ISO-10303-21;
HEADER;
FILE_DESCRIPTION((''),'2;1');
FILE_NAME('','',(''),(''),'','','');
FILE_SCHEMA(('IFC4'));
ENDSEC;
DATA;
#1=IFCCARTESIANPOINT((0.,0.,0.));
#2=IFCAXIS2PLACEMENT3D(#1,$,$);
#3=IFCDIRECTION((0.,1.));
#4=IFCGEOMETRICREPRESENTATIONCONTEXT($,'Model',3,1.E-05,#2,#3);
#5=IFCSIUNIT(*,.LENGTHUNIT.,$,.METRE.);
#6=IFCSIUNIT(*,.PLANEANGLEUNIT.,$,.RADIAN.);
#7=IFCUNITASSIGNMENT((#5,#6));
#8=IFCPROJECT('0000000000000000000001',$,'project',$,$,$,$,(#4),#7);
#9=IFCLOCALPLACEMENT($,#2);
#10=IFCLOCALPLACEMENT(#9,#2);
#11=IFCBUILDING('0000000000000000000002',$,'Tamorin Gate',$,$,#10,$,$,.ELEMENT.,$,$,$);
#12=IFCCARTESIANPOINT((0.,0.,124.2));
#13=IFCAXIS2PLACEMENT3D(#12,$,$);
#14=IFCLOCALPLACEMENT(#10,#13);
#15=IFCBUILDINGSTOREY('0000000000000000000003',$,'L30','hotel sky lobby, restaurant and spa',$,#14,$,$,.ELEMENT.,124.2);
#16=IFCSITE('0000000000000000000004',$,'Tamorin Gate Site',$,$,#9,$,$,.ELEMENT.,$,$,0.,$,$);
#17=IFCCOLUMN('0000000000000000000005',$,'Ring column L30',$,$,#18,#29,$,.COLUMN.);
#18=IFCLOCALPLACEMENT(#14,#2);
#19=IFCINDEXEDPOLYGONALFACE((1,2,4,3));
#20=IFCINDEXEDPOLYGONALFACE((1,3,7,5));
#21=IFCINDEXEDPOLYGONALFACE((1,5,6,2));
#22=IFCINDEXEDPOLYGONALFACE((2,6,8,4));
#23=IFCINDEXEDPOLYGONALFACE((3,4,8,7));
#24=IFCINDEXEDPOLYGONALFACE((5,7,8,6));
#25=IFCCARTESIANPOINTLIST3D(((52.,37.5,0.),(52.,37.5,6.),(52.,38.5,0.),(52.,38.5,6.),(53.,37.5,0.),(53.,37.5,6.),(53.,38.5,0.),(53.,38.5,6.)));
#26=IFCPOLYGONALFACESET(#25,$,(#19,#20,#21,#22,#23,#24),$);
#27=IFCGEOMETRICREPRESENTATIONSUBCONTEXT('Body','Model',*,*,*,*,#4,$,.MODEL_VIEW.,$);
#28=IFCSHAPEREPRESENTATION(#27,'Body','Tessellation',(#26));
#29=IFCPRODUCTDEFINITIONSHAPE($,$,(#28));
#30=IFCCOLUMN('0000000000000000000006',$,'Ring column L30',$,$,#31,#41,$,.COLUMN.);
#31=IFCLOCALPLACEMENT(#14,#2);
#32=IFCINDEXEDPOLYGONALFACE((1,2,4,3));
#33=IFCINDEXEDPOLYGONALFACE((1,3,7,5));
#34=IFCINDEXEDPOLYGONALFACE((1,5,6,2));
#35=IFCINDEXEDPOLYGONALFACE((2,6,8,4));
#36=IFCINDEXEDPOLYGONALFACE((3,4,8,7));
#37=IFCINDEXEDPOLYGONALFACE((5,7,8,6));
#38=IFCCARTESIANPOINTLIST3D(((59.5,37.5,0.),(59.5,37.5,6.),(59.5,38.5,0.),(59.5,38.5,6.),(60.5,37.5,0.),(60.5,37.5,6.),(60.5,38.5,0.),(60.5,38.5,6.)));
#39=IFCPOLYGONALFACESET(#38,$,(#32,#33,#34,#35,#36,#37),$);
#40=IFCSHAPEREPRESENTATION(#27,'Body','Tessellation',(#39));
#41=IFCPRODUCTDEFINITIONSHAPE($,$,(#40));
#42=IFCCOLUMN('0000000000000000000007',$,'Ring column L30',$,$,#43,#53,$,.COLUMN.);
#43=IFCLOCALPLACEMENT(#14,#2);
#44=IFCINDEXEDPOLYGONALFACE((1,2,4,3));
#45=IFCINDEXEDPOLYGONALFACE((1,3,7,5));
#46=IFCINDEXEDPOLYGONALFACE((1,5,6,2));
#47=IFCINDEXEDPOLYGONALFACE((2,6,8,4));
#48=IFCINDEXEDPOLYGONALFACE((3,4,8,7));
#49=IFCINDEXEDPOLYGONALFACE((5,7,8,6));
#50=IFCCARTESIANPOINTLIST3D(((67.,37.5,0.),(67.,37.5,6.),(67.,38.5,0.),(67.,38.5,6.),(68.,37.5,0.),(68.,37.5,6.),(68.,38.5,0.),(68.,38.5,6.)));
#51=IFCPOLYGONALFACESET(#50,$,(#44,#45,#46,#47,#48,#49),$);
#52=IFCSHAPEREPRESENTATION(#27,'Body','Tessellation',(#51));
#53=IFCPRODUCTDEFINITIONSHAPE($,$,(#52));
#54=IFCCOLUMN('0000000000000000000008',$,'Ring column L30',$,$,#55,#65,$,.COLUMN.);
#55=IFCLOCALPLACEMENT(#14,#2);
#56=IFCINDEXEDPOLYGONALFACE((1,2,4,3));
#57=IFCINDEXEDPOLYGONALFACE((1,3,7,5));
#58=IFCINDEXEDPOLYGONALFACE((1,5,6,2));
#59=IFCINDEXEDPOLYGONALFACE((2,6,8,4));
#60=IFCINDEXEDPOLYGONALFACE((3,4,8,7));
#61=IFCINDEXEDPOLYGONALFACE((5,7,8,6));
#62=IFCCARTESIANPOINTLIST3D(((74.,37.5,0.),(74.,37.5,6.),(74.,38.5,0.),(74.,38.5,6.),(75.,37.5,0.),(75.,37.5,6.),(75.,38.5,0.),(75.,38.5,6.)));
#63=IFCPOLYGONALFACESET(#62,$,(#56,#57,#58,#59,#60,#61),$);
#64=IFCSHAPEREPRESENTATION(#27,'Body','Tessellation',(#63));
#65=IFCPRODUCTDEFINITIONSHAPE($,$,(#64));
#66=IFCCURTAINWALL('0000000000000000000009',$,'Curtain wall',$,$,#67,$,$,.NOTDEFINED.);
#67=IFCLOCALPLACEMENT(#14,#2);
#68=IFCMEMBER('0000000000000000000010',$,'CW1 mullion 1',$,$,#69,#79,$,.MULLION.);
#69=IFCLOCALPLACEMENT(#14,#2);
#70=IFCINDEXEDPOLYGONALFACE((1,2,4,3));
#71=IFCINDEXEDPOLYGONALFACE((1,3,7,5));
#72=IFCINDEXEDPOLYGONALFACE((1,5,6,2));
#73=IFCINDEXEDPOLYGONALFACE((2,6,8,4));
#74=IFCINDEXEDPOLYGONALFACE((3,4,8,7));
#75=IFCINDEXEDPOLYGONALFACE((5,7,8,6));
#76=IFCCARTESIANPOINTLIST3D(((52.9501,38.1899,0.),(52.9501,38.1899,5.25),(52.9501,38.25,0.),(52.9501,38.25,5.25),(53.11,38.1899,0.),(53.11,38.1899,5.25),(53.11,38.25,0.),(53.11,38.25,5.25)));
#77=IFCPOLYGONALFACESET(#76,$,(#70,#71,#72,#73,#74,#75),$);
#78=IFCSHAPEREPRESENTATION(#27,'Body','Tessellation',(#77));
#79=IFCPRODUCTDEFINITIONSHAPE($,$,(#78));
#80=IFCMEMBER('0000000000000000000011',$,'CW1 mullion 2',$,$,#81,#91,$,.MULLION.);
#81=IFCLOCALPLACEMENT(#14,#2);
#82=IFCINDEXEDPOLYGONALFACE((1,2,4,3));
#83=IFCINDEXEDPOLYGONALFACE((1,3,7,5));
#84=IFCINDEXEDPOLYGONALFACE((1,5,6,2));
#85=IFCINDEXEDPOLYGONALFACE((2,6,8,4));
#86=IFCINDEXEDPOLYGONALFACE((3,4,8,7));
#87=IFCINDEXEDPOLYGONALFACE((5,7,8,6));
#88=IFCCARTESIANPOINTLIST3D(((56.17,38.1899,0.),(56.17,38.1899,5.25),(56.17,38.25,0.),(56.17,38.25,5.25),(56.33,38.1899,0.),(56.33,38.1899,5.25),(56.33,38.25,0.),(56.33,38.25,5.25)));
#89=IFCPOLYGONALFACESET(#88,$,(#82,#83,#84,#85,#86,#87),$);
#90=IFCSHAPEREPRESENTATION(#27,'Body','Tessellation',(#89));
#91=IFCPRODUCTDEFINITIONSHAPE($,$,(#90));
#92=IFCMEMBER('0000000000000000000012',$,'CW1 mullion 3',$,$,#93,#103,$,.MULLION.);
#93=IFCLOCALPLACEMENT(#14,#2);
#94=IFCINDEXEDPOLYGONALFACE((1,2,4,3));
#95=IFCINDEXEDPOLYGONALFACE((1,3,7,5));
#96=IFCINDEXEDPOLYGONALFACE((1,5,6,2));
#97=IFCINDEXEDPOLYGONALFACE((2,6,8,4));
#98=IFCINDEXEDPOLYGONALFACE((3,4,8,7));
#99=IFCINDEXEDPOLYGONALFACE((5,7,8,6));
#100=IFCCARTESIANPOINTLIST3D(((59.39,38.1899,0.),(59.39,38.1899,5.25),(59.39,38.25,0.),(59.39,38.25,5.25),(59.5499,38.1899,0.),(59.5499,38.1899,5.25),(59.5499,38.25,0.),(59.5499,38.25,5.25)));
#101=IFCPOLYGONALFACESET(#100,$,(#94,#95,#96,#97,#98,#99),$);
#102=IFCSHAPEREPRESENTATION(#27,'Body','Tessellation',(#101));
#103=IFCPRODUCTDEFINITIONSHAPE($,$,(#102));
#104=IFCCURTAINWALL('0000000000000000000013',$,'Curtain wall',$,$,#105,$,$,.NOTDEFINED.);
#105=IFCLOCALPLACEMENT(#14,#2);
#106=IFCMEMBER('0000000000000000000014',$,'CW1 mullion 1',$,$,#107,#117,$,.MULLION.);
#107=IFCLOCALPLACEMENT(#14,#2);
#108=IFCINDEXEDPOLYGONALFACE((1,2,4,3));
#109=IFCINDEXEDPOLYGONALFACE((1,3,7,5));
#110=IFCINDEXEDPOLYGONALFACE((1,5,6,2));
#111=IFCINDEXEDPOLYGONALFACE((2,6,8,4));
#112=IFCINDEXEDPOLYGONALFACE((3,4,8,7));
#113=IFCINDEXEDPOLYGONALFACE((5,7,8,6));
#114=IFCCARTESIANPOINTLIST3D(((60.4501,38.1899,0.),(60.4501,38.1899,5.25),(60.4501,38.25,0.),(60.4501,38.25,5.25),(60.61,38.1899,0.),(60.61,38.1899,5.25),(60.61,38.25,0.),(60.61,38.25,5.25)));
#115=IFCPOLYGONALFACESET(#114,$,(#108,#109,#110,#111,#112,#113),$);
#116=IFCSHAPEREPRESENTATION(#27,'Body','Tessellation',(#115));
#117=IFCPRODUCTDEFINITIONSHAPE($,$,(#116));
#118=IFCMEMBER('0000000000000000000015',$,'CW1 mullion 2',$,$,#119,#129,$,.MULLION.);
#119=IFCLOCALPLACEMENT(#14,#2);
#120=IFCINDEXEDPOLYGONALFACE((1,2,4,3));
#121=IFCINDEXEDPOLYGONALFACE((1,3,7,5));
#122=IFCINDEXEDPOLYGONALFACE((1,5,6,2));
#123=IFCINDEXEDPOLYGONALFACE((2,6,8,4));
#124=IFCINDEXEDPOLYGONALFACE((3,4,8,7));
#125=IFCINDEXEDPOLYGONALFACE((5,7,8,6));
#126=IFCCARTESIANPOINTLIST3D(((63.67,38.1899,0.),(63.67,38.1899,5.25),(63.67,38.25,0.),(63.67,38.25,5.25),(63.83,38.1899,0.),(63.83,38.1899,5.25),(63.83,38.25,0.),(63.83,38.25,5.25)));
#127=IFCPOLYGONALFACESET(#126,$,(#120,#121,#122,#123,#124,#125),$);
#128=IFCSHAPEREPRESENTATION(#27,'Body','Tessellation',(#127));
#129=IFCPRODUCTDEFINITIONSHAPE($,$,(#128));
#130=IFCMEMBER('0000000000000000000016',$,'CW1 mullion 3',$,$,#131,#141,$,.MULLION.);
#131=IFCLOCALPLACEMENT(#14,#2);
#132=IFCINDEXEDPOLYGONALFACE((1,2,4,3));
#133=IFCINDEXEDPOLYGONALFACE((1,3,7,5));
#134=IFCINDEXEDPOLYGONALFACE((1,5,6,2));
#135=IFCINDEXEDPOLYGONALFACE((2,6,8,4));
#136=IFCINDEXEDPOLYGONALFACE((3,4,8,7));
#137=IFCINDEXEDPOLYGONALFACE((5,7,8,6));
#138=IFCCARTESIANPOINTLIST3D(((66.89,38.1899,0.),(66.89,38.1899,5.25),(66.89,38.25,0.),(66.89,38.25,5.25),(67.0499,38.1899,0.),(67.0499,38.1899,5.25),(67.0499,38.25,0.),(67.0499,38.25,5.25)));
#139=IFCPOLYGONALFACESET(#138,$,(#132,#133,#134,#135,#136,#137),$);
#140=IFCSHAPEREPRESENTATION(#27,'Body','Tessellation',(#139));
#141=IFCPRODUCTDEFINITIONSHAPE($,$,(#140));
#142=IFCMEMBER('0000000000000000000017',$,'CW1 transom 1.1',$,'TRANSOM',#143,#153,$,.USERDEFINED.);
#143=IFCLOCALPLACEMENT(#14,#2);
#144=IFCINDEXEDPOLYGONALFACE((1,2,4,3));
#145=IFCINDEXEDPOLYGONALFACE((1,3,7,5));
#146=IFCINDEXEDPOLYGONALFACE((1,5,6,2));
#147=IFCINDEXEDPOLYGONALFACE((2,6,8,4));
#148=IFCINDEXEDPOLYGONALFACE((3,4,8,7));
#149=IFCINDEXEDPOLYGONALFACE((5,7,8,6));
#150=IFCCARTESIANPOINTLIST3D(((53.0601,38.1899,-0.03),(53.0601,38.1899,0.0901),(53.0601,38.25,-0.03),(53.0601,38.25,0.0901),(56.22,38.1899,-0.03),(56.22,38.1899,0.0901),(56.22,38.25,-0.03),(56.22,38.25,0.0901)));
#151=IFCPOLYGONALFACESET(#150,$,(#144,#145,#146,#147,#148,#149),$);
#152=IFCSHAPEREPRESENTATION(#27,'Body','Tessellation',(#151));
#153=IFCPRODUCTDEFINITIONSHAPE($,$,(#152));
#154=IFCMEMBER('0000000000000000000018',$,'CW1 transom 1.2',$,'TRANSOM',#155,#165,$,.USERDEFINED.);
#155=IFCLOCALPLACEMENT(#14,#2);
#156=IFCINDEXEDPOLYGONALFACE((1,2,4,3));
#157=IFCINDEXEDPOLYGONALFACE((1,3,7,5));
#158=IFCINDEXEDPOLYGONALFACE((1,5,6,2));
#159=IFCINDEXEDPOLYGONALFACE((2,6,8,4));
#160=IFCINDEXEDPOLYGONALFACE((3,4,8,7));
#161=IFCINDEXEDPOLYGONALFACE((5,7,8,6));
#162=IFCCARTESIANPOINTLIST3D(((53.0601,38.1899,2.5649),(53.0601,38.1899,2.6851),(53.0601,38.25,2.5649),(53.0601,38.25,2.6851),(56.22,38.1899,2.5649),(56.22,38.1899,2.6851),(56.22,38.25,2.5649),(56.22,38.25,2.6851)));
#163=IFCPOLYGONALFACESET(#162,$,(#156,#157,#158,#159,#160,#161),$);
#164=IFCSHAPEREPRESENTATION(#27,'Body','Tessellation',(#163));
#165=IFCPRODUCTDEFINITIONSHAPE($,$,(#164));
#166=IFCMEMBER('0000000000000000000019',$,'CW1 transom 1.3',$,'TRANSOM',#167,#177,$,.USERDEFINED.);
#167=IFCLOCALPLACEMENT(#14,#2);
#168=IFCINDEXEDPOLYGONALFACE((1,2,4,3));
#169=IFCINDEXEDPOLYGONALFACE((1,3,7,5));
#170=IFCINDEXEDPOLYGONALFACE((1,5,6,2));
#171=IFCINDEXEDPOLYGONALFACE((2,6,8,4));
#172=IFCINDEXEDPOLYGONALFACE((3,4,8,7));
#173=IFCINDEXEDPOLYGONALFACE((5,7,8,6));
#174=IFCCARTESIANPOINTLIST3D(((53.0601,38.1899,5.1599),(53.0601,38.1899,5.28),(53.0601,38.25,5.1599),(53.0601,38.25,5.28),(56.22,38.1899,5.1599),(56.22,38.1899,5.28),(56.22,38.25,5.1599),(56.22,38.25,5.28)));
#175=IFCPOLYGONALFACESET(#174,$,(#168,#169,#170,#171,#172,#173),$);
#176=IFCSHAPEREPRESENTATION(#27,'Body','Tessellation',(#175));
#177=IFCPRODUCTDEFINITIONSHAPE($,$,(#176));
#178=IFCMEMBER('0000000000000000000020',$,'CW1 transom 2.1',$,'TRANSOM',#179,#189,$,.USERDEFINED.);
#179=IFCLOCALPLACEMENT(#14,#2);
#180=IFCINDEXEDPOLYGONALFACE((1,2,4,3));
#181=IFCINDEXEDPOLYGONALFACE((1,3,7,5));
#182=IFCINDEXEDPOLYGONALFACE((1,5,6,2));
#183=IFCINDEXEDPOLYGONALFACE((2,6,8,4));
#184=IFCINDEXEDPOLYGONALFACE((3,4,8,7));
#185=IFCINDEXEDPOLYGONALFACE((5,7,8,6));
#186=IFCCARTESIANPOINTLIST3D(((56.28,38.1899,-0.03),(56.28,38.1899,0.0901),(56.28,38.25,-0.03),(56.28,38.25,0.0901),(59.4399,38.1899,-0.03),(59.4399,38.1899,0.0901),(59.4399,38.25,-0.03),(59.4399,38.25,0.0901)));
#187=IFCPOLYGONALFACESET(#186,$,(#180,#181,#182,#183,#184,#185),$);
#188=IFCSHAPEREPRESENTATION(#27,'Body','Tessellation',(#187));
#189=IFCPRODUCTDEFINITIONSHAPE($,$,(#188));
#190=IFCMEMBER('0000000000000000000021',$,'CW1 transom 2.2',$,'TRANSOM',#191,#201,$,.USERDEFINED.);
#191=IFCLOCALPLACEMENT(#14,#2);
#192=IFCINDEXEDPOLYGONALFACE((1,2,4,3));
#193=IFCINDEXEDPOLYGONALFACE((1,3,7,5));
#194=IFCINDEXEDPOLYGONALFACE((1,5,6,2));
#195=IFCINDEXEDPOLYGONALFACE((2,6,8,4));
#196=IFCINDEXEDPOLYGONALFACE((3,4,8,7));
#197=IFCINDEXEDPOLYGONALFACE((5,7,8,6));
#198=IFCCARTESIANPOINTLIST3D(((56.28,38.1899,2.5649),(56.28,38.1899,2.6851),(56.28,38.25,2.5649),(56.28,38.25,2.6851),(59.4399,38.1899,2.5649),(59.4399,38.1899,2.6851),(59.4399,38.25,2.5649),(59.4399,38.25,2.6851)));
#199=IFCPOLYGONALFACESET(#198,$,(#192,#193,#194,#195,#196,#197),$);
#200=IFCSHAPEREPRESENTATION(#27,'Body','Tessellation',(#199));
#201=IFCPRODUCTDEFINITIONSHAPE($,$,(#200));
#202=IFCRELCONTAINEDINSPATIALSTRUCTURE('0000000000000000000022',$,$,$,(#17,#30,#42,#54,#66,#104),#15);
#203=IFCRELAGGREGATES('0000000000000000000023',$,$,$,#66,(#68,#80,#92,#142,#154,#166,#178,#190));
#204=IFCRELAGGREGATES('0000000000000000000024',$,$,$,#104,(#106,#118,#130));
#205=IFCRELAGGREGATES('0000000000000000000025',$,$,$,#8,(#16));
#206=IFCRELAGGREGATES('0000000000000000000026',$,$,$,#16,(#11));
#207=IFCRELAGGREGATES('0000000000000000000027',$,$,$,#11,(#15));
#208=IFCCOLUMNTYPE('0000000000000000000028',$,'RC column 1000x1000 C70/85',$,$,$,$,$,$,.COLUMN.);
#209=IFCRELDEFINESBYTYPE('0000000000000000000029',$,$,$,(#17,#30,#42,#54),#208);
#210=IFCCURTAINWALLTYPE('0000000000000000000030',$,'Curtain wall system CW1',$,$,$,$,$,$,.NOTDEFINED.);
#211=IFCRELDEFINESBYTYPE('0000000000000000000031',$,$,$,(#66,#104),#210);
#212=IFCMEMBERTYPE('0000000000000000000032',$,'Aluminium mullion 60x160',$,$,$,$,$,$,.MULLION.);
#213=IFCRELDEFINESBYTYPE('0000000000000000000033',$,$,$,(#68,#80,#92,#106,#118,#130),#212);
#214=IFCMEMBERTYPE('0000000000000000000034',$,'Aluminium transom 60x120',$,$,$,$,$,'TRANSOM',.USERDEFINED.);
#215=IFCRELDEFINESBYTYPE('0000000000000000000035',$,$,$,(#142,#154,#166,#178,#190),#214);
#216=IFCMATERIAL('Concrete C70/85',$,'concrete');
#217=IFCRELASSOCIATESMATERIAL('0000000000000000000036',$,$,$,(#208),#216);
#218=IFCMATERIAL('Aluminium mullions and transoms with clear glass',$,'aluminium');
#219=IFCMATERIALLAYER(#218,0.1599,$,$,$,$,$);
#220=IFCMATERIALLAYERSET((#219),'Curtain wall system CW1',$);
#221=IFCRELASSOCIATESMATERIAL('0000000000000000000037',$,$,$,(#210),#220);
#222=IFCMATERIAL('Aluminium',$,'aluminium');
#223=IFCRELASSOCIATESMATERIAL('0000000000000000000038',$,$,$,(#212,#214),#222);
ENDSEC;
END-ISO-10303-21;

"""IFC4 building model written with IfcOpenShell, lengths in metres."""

from ifc_helpers import new_model, si_unit, direction, frame, origin, origin_2d, place, context, subcontext, project, spatial, rectangle, extrude, material, layer, layer_set, material_profile, profile_set, type_object, element, aggregate, save


model = new_model("IFC4")

# Units and contexts
model_context = context("Model", 3, precision=1e-05, world=origin(), true_north=direction((0.0, 1.0)))
body_context = subcontext(model_context, "Body", "Model", "MODEL_VIEW")
ifc_project = project(units=[si_unit("LENGTHUNIT", "METRE"), si_unit("PLANEANGLEUNIT", "RADIAN")], contexts=[model_context])

# Site, building, storey
site_placement = place(None, origin())
site = spatial("IfcSite", under=ifc_project, at=site_placement, Name="Tamorin Gate Site", CompositionType="ELEMENT", RefElevation=0.0)
building_placement = place(site_placement, origin())
building = spatial("IfcBuilding", under=site, at=building_placement, Name="Tamorin Gate", CompositionType="ELEMENT")
storey_placement = place(building_placement, frame((0.0, 0.0, 124.2)))
storey = spatial("IfcBuildingStorey", under=building, at=storey_placement, Name="L30", Description="hotel sky lobby, restaurant and spa", CompositionType="ELEMENT", Elevation=124.2)

# Columns
ifc_material_1 = material(Name="Concrete C70/85", Category="concrete")
ifc_material_profile_1 = material_profile(ifc_material_1, rectangle(XDim=1.0, YDim=1.0, at=origin_2d()), Name="RC 1000x1000")
ifc_profile_set_1 = profile_set([ifc_material_profile_1], Name="Concrete C70/85")
column_type = type_object("IfcColumnType", Name="RC column 1000x1000 C70/85", PredefinedType="COLUMN", material=ifc_profile_set_1)
for number, where, z_axis, x_axis, name in (
    (1, (52.5, 38.0, 0.0), (0.0, 0.0, 1.0), (1.0, 0.0, 0.0), "Ring column L30"),
    (2, (60.0, 38.0, 0.0), (0.0, 0.0, 1.0), (1.0, 0.0, 0.0), "Ring column L30"),
    (3, (67.5, 38.0, 0.0), (0.0, 0.0, 1.0), (1.0, 0.0, 0.0), "Ring column L30"),
    (4, (74.5, 38.0, 0.0), (0.0, 0.0, 1.0), (1.0, 0.0, 0.0), "Ring column L30"),
):
    element("IfcColumn", number, at=place(storey_placement, frame(where, z_axis=z_axis, x_axis=x_axis)), inside=storey, type_object=column_type, Name=name, PredefinedType="COLUMN", context=body_context, shape_type="SweptSolid", body=[
        extrude(rectangle(XDim=1.0, YDim=1.0, at=origin_2d()), origin(), (0.0, 0.0, 1.0), 6.0),
    ])

# Curtain walls, members
ifc_material_2 = material(Name="Aluminium mullions and transoms with clear glass", Category="aluminium")
ifc_layer_1 = layer(ifc_material_2, 0.1599)
ifc_layer_set_1 = layer_set([ifc_layer_1], Name="Curtain wall system CW1")
curtain_wall_type = type_object("IfcCurtainWallType", Name="Curtain wall system CW1", PredefinedType="NOTDEFINED", material=ifc_layer_set_1)
curtain_wall_1_placement = place(storey_placement, origin())
curtain_wall_1 = element("IfcCurtainWall", 5, at=curtain_wall_1_placement, inside=storey, type_object=curtain_wall_type, Name="Curtain wall", PredefinedType="NOTDEFINED")
ifc_material_3 = material(Name="Aluminium", Category="aluminium")
ifc_material_profile_2 = material_profile(ifc_material_3, rectangle(XDim=0.0601, YDim=0.1599, at=origin_2d()), Name="RECT 60x160")
ifc_profile_set_2 = profile_set([ifc_material_profile_2], Name="Aluminium")
member_type_1 = type_object("IfcMemberType", Name="Aluminium mullion 60x160", PredefinedType="MULLION", material=ifc_profile_set_2)
member_1_placement = place(storey_placement, frame((53.03, 38.22, 0.0), z_axis=(0.0, 0.0, 1.0), x_axis=(0.0, 1.0, 0.0)))
member_1 = element("IfcMember", 6, at=member_1_placement, type_object=member_type_1, Name="CW1 mullion 1", PredefinedType="MULLION", context=body_context, shape_type="SweptSolid", body=[
    extrude(rectangle(XDim=0.0601, YDim=0.1599, at=origin_2d()), origin(), (0.0, 0.0, 1.0), 5.25),
])
member_2_placement = place(storey_placement, frame((56.25, 38.22, 0.0), z_axis=(0.0, 0.0, 1.0), x_axis=(0.0, 1.0, 0.0)))
member_2 = element("IfcMember", 7, at=member_2_placement, type_object=member_type_1, Name="CW1 mullion 2", PredefinedType="MULLION", context=body_context, shape_type="SweptSolid", body=[
    extrude(rectangle(XDim=0.0601, YDim=0.1599, at=origin_2d()), origin(), (0.0, 0.0, 1.0), 5.25),
])
member_3_placement = place(storey_placement, frame((59.47, 38.22, 0.0), z_axis=(0.0, 0.0, 1.0), x_axis=(0.0, 1.0, 0.0)))
member_3 = element("IfcMember", 8, at=member_3_placement, type_object=member_type_1, Name="CW1 mullion 3", PredefinedType="MULLION", context=body_context, shape_type="SweptSolid", body=[
    extrude(rectangle(XDim=0.0601, YDim=0.1599, at=origin_2d()), origin(), (0.0, 0.0, 1.0), 5.25),
])
curtain_wall_2_placement = place(storey_placement, origin())
curtain_wall_2 = element("IfcCurtainWall", 9, at=curtain_wall_2_placement, inside=storey, type_object=curtain_wall_type, Name="Curtain wall", PredefinedType="NOTDEFINED")
member_4_placement = place(storey_placement, frame((60.53, 38.22, 0.0), z_axis=(0.0, 0.0, 1.0), x_axis=(0.0, 1.0, 0.0)))
member_4 = element("IfcMember", 10, at=member_4_placement, type_object=member_type_1, Name="CW1 mullion 1", PredefinedType="MULLION", context=body_context, shape_type="SweptSolid", body=[
    extrude(rectangle(XDim=0.0601, YDim=0.1599, at=origin_2d()), origin(), (0.0, 0.0, 1.0), 5.25),
])
member_5_placement = place(storey_placement, frame((63.75, 38.22, 0.0), z_axis=(0.0, 0.0, 1.0), x_axis=(0.0, 1.0, 0.0)))
member_5 = element("IfcMember", 11, at=member_5_placement, type_object=member_type_1, Name="CW1 mullion 2", PredefinedType="MULLION", context=body_context, shape_type="SweptSolid", body=[
    extrude(rectangle(XDim=0.0601, YDim=0.1599, at=origin_2d()), origin(), (0.0, 0.0, 1.0), 5.25),
])
member_6_placement = place(storey_placement, frame((66.97, 38.22, 0.0), z_axis=(0.0, 0.0, 1.0), x_axis=(0.0, 1.0, 0.0)))
member_6 = element("IfcMember", 12, at=member_6_placement, type_object=member_type_1, Name="CW1 mullion 3", PredefinedType="MULLION", context=body_context, shape_type="SweptSolid", body=[
    extrude(rectangle(XDim=0.0601, YDim=0.1599, at=origin_2d()), origin(), (0.0, 0.0, 1.0), 5.25),
])

# Members
ifc_material_profile_3 = material_profile(ifc_material_3, rectangle(XDim=0.0601, YDim=0.1201, at=origin_2d()), Name="RECT 60x120")
ifc_profile_set_3 = profile_set([ifc_material_profile_3], Name="Aluminium")
member_type_2 = type_object("IfcMemberType", Name="Aluminium transom 60x120", ElementType="TRANSOM", PredefinedType="USERDEFINED", material=ifc_profile_set_3)
member_7_placement = place(storey_placement, frame((53.0601, 38.22, 0.03), z_axis=(1.0, 0.0, 0.0), x_axis=(0.0, 1.0, 0.0)))
member_7 = element("IfcMember", 13, at=member_7_placement, type_object=member_type_2, Name="CW1 transom 1.1", ObjectType="TRANSOM", PredefinedType="USERDEFINED", context=body_context, shape_type="SweptSolid", body=[
    extrude(rectangle(XDim=0.0601, YDim=0.1201, at=origin_2d()), origin(), (0.0, 0.0, 1.0), 3.1599),
])
member_8_placement = place(storey_placement, frame((53.0601, 38.22, 2.625), z_axis=(1.0, 0.0, 0.0), x_axis=(0.0, 1.0, 0.0)))
member_8 = element("IfcMember", 14, at=member_8_placement, type_object=member_type_2, Name="CW1 transom 1.2", ObjectType="TRANSOM", PredefinedType="USERDEFINED", context=body_context, shape_type="SweptSolid", body=[
    extrude(rectangle(XDim=0.0601, YDim=0.1201, at=origin_2d()), origin(), (0.0, 0.0, 1.0), 3.1599),
])
member_9_placement = place(storey_placement, frame((53.0601, 38.22, 5.22), z_axis=(1.0, 0.0, 0.0), x_axis=(0.0, 1.0, 0.0)))
member_9 = element("IfcMember", 15, at=member_9_placement, type_object=member_type_2, Name="CW1 transom 1.3", ObjectType="TRANSOM", PredefinedType="USERDEFINED", context=body_context, shape_type="SweptSolid", body=[
    extrude(rectangle(XDim=0.0601, YDim=0.1201, at=origin_2d()), origin(), (0.0, 0.0, 1.0), 3.1599),
])
member_10_placement = place(storey_placement, frame((56.28, 38.22, 0.03), z_axis=(1.0, 0.0, 0.0), x_axis=(0.0, 1.0, 0.0)))
member_10 = element("IfcMember", 16, at=member_10_placement, type_object=member_type_2, Name="CW1 transom 2.1", ObjectType="TRANSOM", PredefinedType="USERDEFINED", context=body_context, shape_type="SweptSolid", body=[
    extrude(rectangle(XDim=0.0601, YDim=0.1201, at=origin_2d()), origin(), (0.0, 0.0, 1.0), 3.1599),
])
member_11_placement = place(storey_placement, frame((56.28, 38.22, 2.625), z_axis=(1.0, 0.0, 0.0), x_axis=(0.0, 1.0, 0.0)))
member_11 = element("IfcMember", 17, at=member_11_placement, type_object=member_type_2, Name="CW1 transom 2.2", ObjectType="TRANSOM", PredefinedType="USERDEFINED", context=body_context, shape_type="SweptSolid", body=[
    extrude(rectangle(XDim=0.0601, YDim=0.1201, at=origin_2d()), origin(), (0.0, 0.0, 1.0), 3.1599),
])

aggregate(curtain_wall_1, [member_1, member_2, member_3, member_7, member_8, member_9, member_10, member_11])
aggregate(curtain_wall_2, [member_4, member_5, member_6])

save(model, "model.ifc")
